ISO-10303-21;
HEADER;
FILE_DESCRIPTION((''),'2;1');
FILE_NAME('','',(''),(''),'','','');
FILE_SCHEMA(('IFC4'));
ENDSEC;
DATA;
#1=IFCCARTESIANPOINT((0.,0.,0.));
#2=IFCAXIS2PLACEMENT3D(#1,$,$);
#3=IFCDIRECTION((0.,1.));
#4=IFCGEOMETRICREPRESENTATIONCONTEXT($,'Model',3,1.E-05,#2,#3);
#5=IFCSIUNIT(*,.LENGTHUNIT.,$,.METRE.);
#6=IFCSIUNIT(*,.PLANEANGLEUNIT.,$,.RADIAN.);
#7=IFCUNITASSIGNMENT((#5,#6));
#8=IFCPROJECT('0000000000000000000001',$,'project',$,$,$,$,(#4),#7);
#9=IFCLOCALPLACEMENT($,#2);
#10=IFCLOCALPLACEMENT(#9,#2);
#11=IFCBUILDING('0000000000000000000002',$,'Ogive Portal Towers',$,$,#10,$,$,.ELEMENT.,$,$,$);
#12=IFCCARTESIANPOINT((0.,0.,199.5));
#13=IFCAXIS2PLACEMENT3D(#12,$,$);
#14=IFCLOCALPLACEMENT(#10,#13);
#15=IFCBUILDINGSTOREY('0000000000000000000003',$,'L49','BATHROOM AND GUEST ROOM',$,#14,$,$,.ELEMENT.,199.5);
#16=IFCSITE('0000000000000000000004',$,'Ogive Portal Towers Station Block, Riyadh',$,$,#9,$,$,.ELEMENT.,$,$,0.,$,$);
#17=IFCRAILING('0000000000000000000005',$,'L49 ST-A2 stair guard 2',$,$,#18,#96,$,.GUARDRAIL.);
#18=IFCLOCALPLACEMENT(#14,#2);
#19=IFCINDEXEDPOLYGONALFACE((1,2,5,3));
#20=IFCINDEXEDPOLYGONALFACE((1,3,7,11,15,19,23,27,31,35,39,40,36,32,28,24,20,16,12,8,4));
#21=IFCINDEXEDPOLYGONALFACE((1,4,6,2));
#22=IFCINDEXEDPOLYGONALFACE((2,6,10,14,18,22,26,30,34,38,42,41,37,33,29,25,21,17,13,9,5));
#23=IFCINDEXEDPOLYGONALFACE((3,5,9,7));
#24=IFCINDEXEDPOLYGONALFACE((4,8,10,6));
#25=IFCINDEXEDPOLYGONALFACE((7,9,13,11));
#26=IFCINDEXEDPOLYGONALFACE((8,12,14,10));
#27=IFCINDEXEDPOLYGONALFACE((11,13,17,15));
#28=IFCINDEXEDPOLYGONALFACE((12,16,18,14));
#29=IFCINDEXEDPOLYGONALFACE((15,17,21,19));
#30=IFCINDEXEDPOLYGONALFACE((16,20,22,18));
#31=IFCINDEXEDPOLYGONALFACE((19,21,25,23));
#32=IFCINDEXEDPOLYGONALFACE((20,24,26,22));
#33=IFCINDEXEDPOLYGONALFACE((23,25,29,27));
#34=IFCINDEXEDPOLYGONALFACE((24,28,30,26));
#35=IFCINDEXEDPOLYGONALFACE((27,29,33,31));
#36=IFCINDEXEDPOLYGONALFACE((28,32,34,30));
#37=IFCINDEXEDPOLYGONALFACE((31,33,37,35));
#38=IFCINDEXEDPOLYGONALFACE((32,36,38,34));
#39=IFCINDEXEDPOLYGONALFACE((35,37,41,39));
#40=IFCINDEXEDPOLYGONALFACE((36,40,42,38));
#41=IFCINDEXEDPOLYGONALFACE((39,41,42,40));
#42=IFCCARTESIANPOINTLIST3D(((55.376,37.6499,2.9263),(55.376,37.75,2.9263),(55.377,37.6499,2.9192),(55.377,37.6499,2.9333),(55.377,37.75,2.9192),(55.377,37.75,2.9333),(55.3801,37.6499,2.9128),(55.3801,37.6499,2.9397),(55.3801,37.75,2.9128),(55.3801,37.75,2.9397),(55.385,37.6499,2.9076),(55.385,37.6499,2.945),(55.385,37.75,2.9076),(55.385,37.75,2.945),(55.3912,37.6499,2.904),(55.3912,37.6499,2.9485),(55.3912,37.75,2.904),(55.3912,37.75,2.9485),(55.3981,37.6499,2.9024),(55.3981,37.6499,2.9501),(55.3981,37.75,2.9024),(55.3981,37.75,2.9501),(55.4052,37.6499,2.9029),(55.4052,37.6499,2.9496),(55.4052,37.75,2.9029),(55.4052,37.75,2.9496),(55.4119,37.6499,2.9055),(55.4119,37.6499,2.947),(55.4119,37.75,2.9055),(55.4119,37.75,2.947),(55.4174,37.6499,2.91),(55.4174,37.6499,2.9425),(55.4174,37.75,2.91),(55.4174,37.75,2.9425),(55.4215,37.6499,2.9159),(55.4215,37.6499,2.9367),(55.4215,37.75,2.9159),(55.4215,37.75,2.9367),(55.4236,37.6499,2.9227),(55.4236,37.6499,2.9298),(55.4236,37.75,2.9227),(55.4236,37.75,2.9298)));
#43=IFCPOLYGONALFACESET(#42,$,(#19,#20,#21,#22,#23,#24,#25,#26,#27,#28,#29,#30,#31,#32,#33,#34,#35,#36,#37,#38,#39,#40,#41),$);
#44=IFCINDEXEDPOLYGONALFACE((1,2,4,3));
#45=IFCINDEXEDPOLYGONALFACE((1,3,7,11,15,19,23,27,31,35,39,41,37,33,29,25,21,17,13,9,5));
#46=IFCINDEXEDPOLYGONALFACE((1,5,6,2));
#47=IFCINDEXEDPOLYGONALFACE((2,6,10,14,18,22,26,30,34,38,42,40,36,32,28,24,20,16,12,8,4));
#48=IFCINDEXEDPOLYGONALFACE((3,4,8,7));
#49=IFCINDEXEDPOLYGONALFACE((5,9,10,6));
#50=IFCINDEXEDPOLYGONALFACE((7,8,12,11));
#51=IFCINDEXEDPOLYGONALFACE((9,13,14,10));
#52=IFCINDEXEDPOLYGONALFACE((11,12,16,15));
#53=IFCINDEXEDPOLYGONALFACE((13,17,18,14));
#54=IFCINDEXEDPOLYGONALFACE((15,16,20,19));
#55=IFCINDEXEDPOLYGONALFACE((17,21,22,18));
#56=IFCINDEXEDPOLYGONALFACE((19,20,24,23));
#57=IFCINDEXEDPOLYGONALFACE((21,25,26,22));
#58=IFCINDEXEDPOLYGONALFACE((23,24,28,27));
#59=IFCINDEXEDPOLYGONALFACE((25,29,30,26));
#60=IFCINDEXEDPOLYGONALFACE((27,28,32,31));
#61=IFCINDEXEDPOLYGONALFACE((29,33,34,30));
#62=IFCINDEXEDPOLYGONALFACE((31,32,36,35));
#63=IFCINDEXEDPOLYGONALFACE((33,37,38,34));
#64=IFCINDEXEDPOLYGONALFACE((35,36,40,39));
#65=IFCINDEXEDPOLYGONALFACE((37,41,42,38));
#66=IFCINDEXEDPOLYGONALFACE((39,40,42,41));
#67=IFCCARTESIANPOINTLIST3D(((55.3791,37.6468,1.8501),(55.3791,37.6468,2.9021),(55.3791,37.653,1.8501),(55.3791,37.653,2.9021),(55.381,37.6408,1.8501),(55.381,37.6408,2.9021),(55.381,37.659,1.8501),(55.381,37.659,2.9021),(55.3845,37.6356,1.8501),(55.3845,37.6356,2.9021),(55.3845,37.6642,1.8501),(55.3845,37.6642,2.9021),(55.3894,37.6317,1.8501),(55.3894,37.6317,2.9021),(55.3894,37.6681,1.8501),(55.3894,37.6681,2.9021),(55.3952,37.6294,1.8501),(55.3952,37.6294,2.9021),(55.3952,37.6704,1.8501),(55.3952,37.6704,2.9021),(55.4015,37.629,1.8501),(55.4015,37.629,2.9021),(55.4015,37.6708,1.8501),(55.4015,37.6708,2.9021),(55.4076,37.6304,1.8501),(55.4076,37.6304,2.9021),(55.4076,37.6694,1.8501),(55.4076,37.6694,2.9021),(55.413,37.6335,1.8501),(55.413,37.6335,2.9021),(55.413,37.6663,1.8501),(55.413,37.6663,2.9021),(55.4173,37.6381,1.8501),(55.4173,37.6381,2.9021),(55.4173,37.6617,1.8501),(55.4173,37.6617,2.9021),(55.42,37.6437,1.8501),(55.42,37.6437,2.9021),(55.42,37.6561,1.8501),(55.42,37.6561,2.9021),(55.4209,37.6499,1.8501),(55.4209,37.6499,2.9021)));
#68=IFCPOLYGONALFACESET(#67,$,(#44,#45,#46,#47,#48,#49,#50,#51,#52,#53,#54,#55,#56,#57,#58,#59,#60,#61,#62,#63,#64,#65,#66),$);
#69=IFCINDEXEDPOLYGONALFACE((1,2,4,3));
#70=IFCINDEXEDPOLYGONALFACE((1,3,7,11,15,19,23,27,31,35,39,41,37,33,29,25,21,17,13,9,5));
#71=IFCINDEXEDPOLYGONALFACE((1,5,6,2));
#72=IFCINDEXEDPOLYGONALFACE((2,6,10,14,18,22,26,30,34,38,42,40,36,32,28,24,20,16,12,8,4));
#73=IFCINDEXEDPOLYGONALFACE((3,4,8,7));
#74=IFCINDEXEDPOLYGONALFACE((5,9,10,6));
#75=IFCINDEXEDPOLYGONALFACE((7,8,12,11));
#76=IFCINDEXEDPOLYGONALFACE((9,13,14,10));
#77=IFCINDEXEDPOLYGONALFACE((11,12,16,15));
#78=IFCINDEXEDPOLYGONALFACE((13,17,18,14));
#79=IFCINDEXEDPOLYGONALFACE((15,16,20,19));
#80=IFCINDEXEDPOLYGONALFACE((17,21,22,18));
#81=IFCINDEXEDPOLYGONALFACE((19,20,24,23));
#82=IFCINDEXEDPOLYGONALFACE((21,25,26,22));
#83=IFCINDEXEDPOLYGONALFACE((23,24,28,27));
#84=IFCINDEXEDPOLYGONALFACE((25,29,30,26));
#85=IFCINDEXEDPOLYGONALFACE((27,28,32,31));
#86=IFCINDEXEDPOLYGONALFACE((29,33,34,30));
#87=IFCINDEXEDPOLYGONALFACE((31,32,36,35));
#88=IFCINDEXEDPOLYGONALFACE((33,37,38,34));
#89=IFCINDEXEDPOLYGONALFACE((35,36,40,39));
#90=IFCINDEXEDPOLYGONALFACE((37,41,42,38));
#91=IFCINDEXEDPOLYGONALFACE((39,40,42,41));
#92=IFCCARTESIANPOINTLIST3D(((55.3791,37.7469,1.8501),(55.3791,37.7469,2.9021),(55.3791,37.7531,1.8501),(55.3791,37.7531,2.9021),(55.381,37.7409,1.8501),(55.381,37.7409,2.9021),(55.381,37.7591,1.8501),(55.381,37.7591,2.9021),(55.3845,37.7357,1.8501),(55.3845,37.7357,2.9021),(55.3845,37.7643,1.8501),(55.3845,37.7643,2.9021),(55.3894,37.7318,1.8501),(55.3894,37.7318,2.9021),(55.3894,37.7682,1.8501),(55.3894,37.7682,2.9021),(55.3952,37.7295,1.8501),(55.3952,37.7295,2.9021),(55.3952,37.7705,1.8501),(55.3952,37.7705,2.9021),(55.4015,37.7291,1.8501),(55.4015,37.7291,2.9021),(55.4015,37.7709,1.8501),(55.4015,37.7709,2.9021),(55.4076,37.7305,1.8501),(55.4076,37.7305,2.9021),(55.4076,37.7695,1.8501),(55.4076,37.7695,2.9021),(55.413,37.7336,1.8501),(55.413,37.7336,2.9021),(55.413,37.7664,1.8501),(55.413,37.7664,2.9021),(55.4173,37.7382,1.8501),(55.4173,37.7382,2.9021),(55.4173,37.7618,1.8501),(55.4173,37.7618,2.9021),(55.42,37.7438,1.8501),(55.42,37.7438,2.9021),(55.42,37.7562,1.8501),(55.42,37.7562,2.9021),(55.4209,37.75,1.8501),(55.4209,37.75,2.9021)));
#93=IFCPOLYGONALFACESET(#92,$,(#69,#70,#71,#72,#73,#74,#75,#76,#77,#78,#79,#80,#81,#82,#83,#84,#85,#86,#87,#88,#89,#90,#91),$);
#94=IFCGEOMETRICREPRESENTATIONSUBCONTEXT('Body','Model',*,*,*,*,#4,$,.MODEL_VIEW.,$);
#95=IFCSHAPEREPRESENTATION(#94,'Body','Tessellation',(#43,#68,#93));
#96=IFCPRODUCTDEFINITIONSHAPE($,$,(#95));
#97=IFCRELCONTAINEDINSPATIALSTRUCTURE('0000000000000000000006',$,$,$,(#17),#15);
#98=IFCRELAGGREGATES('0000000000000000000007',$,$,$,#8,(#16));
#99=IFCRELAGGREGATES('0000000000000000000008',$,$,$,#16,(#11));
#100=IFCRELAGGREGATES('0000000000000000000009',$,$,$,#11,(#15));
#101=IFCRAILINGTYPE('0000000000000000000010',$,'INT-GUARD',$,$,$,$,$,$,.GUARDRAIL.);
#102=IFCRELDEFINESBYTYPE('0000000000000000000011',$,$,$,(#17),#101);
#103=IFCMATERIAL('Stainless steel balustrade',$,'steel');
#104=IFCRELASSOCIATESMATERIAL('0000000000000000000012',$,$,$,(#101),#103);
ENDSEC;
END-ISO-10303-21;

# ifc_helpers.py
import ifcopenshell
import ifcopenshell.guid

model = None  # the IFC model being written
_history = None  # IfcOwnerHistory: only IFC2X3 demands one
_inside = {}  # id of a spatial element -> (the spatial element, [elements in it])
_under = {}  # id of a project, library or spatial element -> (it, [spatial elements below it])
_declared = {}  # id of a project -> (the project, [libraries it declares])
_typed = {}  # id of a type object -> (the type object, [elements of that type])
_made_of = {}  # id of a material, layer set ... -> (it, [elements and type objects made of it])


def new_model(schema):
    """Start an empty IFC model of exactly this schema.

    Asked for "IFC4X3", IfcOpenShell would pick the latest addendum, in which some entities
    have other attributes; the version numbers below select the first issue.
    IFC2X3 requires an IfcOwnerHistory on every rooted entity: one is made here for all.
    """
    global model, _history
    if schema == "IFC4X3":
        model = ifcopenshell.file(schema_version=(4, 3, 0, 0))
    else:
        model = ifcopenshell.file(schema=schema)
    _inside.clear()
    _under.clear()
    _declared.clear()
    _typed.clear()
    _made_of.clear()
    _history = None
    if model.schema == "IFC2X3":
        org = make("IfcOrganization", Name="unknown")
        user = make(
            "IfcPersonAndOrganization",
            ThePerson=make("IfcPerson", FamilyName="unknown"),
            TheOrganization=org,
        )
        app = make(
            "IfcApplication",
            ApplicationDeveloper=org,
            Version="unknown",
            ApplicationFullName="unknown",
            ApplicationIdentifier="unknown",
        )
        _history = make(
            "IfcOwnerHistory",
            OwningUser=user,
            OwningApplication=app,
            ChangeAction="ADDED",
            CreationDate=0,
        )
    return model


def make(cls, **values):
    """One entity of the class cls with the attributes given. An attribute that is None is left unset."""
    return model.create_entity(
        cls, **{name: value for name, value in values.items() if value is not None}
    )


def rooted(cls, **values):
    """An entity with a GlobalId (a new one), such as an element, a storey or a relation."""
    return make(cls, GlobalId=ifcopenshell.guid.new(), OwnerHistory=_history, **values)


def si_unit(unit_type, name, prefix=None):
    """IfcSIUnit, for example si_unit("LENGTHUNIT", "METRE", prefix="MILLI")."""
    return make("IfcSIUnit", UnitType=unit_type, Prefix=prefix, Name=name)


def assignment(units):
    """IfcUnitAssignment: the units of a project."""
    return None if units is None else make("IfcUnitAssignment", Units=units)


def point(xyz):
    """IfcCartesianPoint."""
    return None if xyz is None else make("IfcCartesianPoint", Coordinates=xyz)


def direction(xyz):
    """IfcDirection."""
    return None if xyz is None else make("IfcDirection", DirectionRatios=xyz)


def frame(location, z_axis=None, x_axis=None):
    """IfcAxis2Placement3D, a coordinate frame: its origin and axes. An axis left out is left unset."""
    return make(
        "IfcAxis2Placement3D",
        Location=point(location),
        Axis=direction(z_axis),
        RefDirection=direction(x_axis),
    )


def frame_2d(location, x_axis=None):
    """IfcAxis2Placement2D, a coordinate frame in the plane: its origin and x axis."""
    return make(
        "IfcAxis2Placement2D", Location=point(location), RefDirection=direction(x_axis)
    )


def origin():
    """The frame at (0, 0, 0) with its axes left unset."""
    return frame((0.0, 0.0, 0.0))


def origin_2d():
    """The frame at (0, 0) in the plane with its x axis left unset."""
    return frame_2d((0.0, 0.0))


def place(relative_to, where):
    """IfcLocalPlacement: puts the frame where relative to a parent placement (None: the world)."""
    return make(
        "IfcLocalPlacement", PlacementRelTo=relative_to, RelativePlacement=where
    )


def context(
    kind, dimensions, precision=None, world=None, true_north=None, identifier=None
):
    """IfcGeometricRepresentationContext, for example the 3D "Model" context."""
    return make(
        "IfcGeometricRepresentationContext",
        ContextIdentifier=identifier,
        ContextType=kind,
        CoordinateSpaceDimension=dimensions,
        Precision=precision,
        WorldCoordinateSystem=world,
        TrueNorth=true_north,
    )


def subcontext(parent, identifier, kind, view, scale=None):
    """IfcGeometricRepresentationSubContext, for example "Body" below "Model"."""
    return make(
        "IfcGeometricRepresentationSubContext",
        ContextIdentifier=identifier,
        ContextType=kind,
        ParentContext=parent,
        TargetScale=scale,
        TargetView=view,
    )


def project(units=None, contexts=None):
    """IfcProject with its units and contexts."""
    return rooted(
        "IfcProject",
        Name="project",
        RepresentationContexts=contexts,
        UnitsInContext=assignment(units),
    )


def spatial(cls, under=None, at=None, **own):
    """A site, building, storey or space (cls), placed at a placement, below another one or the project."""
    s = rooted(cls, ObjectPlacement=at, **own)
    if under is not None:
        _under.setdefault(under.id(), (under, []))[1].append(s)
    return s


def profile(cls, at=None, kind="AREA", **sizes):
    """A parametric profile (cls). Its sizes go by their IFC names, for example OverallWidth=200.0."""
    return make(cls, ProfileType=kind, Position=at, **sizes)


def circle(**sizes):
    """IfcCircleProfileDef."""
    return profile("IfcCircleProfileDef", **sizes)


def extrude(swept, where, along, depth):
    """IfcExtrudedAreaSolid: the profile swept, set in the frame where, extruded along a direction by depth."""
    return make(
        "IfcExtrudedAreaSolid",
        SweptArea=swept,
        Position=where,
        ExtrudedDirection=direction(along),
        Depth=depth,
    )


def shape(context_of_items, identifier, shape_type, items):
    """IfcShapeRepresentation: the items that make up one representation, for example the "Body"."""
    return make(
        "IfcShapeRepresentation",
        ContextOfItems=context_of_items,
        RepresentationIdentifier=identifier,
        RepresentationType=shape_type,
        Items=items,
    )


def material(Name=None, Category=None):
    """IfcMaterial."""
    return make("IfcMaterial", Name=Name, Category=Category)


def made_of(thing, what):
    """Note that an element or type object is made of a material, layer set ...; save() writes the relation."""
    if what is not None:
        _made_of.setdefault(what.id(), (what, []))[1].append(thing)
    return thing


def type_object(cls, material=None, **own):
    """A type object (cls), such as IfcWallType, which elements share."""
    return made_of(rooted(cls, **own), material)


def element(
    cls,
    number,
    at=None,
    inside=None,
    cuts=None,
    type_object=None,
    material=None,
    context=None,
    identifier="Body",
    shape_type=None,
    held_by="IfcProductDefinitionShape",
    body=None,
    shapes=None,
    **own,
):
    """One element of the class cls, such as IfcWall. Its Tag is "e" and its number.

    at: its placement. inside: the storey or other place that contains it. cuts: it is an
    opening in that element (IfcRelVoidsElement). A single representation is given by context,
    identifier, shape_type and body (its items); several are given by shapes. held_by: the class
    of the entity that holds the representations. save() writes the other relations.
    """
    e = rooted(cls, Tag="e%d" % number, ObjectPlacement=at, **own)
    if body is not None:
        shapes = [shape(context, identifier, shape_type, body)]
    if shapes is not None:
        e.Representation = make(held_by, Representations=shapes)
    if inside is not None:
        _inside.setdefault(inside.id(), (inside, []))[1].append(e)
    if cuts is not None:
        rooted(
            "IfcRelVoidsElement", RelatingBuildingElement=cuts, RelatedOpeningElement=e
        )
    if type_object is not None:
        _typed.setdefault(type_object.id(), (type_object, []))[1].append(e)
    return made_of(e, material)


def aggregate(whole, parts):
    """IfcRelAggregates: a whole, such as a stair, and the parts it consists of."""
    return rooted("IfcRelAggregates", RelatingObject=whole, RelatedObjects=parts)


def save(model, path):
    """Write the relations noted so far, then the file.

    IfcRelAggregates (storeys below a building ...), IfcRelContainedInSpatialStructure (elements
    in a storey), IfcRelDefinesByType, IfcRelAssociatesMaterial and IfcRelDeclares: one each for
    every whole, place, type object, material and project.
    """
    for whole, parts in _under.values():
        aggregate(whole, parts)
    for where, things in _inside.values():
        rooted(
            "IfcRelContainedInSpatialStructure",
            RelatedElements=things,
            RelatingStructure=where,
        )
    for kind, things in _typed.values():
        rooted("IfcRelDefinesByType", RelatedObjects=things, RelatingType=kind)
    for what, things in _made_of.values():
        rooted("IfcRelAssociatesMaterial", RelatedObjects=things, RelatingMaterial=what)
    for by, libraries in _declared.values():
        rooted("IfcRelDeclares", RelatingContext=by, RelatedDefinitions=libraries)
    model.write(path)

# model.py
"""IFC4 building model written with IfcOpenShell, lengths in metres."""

from ifc_helpers import new_model, si_unit, direction, frame, origin, origin_2d, place, context, subcontext, project, spatial, circle, extrude, material, type_object, element, save


model = new_model("IFC4")

# Units and contexts
model_context = context("Model", 3, precision=1e-05, world=origin(), true_north=direction((0.0, 1.0)))
body_context = subcontext(model_context, "Body", "Model", "MODEL_VIEW")
ifc_project = project(units=[si_unit("LENGTHUNIT", "METRE"), si_unit("PLANEANGLEUNIT", "RADIAN")], contexts=[model_context])

# Site, building, storey
site_placement = place(None, origin())
site = spatial("IfcSite", under=ifc_project, at=site_placement, Name="Ogive Portal Towers Station Block, Riyadh", CompositionType="ELEMENT", RefElevation=0.0)
building_placement = place(site_placement, origin())
building = spatial("IfcBuilding", under=site, at=building_placement, Name="Ogive Portal Towers", CompositionType="ELEMENT")
storey_placement = place(building_placement, frame((0.0, 0.0, 199.5)))
storey = spatial("IfcBuildingStorey", under=building, at=storey_placement, Name="L49", Description="BATHROOM AND GUEST ROOM", CompositionType="ELEMENT", Elevation=199.5)

# Railing
ifc_material_1 = material(Name="Stainless steel balustrade", Category="steel")
railing_type_1 = type_object("IfcRailingType", Name="INT-GUARD", PredefinedType="GUARDRAIL", material=ifc_material_1)
railing_1_placement = place(storey_placement, frame((55.3999, 37.6499, 1.8501)))
element("IfcRailing", 1, at=railing_1_placement, inside=storey, type_object=railing_type_1, Name="L49 ST-A2 stair guard 2", PredefinedType="GUARDRAIL", context=body_context, shape_type="SweptSolid", body=[
    extrude(circle(Radius=0.0239, at=origin_2d()), frame((0.0, 0.0, 1.0762), z_axis=(0.0, 1.0, 0.0), x_axis=(-1.0, 0.0, 0.0)), (0.0, 0.0, 1.0), 0.1001),
    extrude(circle(Radius=0.021, at=origin_2d()), origin(), (0.0, 0.0, 1.0), 1.052),
    extrude(circle(Radius=0.021, at=origin_2d()), frame((0.0, 0.1001, 0.0)), (0.0, 0.0, 1.0), 1.052),
])

save(model, "model.ifc")
